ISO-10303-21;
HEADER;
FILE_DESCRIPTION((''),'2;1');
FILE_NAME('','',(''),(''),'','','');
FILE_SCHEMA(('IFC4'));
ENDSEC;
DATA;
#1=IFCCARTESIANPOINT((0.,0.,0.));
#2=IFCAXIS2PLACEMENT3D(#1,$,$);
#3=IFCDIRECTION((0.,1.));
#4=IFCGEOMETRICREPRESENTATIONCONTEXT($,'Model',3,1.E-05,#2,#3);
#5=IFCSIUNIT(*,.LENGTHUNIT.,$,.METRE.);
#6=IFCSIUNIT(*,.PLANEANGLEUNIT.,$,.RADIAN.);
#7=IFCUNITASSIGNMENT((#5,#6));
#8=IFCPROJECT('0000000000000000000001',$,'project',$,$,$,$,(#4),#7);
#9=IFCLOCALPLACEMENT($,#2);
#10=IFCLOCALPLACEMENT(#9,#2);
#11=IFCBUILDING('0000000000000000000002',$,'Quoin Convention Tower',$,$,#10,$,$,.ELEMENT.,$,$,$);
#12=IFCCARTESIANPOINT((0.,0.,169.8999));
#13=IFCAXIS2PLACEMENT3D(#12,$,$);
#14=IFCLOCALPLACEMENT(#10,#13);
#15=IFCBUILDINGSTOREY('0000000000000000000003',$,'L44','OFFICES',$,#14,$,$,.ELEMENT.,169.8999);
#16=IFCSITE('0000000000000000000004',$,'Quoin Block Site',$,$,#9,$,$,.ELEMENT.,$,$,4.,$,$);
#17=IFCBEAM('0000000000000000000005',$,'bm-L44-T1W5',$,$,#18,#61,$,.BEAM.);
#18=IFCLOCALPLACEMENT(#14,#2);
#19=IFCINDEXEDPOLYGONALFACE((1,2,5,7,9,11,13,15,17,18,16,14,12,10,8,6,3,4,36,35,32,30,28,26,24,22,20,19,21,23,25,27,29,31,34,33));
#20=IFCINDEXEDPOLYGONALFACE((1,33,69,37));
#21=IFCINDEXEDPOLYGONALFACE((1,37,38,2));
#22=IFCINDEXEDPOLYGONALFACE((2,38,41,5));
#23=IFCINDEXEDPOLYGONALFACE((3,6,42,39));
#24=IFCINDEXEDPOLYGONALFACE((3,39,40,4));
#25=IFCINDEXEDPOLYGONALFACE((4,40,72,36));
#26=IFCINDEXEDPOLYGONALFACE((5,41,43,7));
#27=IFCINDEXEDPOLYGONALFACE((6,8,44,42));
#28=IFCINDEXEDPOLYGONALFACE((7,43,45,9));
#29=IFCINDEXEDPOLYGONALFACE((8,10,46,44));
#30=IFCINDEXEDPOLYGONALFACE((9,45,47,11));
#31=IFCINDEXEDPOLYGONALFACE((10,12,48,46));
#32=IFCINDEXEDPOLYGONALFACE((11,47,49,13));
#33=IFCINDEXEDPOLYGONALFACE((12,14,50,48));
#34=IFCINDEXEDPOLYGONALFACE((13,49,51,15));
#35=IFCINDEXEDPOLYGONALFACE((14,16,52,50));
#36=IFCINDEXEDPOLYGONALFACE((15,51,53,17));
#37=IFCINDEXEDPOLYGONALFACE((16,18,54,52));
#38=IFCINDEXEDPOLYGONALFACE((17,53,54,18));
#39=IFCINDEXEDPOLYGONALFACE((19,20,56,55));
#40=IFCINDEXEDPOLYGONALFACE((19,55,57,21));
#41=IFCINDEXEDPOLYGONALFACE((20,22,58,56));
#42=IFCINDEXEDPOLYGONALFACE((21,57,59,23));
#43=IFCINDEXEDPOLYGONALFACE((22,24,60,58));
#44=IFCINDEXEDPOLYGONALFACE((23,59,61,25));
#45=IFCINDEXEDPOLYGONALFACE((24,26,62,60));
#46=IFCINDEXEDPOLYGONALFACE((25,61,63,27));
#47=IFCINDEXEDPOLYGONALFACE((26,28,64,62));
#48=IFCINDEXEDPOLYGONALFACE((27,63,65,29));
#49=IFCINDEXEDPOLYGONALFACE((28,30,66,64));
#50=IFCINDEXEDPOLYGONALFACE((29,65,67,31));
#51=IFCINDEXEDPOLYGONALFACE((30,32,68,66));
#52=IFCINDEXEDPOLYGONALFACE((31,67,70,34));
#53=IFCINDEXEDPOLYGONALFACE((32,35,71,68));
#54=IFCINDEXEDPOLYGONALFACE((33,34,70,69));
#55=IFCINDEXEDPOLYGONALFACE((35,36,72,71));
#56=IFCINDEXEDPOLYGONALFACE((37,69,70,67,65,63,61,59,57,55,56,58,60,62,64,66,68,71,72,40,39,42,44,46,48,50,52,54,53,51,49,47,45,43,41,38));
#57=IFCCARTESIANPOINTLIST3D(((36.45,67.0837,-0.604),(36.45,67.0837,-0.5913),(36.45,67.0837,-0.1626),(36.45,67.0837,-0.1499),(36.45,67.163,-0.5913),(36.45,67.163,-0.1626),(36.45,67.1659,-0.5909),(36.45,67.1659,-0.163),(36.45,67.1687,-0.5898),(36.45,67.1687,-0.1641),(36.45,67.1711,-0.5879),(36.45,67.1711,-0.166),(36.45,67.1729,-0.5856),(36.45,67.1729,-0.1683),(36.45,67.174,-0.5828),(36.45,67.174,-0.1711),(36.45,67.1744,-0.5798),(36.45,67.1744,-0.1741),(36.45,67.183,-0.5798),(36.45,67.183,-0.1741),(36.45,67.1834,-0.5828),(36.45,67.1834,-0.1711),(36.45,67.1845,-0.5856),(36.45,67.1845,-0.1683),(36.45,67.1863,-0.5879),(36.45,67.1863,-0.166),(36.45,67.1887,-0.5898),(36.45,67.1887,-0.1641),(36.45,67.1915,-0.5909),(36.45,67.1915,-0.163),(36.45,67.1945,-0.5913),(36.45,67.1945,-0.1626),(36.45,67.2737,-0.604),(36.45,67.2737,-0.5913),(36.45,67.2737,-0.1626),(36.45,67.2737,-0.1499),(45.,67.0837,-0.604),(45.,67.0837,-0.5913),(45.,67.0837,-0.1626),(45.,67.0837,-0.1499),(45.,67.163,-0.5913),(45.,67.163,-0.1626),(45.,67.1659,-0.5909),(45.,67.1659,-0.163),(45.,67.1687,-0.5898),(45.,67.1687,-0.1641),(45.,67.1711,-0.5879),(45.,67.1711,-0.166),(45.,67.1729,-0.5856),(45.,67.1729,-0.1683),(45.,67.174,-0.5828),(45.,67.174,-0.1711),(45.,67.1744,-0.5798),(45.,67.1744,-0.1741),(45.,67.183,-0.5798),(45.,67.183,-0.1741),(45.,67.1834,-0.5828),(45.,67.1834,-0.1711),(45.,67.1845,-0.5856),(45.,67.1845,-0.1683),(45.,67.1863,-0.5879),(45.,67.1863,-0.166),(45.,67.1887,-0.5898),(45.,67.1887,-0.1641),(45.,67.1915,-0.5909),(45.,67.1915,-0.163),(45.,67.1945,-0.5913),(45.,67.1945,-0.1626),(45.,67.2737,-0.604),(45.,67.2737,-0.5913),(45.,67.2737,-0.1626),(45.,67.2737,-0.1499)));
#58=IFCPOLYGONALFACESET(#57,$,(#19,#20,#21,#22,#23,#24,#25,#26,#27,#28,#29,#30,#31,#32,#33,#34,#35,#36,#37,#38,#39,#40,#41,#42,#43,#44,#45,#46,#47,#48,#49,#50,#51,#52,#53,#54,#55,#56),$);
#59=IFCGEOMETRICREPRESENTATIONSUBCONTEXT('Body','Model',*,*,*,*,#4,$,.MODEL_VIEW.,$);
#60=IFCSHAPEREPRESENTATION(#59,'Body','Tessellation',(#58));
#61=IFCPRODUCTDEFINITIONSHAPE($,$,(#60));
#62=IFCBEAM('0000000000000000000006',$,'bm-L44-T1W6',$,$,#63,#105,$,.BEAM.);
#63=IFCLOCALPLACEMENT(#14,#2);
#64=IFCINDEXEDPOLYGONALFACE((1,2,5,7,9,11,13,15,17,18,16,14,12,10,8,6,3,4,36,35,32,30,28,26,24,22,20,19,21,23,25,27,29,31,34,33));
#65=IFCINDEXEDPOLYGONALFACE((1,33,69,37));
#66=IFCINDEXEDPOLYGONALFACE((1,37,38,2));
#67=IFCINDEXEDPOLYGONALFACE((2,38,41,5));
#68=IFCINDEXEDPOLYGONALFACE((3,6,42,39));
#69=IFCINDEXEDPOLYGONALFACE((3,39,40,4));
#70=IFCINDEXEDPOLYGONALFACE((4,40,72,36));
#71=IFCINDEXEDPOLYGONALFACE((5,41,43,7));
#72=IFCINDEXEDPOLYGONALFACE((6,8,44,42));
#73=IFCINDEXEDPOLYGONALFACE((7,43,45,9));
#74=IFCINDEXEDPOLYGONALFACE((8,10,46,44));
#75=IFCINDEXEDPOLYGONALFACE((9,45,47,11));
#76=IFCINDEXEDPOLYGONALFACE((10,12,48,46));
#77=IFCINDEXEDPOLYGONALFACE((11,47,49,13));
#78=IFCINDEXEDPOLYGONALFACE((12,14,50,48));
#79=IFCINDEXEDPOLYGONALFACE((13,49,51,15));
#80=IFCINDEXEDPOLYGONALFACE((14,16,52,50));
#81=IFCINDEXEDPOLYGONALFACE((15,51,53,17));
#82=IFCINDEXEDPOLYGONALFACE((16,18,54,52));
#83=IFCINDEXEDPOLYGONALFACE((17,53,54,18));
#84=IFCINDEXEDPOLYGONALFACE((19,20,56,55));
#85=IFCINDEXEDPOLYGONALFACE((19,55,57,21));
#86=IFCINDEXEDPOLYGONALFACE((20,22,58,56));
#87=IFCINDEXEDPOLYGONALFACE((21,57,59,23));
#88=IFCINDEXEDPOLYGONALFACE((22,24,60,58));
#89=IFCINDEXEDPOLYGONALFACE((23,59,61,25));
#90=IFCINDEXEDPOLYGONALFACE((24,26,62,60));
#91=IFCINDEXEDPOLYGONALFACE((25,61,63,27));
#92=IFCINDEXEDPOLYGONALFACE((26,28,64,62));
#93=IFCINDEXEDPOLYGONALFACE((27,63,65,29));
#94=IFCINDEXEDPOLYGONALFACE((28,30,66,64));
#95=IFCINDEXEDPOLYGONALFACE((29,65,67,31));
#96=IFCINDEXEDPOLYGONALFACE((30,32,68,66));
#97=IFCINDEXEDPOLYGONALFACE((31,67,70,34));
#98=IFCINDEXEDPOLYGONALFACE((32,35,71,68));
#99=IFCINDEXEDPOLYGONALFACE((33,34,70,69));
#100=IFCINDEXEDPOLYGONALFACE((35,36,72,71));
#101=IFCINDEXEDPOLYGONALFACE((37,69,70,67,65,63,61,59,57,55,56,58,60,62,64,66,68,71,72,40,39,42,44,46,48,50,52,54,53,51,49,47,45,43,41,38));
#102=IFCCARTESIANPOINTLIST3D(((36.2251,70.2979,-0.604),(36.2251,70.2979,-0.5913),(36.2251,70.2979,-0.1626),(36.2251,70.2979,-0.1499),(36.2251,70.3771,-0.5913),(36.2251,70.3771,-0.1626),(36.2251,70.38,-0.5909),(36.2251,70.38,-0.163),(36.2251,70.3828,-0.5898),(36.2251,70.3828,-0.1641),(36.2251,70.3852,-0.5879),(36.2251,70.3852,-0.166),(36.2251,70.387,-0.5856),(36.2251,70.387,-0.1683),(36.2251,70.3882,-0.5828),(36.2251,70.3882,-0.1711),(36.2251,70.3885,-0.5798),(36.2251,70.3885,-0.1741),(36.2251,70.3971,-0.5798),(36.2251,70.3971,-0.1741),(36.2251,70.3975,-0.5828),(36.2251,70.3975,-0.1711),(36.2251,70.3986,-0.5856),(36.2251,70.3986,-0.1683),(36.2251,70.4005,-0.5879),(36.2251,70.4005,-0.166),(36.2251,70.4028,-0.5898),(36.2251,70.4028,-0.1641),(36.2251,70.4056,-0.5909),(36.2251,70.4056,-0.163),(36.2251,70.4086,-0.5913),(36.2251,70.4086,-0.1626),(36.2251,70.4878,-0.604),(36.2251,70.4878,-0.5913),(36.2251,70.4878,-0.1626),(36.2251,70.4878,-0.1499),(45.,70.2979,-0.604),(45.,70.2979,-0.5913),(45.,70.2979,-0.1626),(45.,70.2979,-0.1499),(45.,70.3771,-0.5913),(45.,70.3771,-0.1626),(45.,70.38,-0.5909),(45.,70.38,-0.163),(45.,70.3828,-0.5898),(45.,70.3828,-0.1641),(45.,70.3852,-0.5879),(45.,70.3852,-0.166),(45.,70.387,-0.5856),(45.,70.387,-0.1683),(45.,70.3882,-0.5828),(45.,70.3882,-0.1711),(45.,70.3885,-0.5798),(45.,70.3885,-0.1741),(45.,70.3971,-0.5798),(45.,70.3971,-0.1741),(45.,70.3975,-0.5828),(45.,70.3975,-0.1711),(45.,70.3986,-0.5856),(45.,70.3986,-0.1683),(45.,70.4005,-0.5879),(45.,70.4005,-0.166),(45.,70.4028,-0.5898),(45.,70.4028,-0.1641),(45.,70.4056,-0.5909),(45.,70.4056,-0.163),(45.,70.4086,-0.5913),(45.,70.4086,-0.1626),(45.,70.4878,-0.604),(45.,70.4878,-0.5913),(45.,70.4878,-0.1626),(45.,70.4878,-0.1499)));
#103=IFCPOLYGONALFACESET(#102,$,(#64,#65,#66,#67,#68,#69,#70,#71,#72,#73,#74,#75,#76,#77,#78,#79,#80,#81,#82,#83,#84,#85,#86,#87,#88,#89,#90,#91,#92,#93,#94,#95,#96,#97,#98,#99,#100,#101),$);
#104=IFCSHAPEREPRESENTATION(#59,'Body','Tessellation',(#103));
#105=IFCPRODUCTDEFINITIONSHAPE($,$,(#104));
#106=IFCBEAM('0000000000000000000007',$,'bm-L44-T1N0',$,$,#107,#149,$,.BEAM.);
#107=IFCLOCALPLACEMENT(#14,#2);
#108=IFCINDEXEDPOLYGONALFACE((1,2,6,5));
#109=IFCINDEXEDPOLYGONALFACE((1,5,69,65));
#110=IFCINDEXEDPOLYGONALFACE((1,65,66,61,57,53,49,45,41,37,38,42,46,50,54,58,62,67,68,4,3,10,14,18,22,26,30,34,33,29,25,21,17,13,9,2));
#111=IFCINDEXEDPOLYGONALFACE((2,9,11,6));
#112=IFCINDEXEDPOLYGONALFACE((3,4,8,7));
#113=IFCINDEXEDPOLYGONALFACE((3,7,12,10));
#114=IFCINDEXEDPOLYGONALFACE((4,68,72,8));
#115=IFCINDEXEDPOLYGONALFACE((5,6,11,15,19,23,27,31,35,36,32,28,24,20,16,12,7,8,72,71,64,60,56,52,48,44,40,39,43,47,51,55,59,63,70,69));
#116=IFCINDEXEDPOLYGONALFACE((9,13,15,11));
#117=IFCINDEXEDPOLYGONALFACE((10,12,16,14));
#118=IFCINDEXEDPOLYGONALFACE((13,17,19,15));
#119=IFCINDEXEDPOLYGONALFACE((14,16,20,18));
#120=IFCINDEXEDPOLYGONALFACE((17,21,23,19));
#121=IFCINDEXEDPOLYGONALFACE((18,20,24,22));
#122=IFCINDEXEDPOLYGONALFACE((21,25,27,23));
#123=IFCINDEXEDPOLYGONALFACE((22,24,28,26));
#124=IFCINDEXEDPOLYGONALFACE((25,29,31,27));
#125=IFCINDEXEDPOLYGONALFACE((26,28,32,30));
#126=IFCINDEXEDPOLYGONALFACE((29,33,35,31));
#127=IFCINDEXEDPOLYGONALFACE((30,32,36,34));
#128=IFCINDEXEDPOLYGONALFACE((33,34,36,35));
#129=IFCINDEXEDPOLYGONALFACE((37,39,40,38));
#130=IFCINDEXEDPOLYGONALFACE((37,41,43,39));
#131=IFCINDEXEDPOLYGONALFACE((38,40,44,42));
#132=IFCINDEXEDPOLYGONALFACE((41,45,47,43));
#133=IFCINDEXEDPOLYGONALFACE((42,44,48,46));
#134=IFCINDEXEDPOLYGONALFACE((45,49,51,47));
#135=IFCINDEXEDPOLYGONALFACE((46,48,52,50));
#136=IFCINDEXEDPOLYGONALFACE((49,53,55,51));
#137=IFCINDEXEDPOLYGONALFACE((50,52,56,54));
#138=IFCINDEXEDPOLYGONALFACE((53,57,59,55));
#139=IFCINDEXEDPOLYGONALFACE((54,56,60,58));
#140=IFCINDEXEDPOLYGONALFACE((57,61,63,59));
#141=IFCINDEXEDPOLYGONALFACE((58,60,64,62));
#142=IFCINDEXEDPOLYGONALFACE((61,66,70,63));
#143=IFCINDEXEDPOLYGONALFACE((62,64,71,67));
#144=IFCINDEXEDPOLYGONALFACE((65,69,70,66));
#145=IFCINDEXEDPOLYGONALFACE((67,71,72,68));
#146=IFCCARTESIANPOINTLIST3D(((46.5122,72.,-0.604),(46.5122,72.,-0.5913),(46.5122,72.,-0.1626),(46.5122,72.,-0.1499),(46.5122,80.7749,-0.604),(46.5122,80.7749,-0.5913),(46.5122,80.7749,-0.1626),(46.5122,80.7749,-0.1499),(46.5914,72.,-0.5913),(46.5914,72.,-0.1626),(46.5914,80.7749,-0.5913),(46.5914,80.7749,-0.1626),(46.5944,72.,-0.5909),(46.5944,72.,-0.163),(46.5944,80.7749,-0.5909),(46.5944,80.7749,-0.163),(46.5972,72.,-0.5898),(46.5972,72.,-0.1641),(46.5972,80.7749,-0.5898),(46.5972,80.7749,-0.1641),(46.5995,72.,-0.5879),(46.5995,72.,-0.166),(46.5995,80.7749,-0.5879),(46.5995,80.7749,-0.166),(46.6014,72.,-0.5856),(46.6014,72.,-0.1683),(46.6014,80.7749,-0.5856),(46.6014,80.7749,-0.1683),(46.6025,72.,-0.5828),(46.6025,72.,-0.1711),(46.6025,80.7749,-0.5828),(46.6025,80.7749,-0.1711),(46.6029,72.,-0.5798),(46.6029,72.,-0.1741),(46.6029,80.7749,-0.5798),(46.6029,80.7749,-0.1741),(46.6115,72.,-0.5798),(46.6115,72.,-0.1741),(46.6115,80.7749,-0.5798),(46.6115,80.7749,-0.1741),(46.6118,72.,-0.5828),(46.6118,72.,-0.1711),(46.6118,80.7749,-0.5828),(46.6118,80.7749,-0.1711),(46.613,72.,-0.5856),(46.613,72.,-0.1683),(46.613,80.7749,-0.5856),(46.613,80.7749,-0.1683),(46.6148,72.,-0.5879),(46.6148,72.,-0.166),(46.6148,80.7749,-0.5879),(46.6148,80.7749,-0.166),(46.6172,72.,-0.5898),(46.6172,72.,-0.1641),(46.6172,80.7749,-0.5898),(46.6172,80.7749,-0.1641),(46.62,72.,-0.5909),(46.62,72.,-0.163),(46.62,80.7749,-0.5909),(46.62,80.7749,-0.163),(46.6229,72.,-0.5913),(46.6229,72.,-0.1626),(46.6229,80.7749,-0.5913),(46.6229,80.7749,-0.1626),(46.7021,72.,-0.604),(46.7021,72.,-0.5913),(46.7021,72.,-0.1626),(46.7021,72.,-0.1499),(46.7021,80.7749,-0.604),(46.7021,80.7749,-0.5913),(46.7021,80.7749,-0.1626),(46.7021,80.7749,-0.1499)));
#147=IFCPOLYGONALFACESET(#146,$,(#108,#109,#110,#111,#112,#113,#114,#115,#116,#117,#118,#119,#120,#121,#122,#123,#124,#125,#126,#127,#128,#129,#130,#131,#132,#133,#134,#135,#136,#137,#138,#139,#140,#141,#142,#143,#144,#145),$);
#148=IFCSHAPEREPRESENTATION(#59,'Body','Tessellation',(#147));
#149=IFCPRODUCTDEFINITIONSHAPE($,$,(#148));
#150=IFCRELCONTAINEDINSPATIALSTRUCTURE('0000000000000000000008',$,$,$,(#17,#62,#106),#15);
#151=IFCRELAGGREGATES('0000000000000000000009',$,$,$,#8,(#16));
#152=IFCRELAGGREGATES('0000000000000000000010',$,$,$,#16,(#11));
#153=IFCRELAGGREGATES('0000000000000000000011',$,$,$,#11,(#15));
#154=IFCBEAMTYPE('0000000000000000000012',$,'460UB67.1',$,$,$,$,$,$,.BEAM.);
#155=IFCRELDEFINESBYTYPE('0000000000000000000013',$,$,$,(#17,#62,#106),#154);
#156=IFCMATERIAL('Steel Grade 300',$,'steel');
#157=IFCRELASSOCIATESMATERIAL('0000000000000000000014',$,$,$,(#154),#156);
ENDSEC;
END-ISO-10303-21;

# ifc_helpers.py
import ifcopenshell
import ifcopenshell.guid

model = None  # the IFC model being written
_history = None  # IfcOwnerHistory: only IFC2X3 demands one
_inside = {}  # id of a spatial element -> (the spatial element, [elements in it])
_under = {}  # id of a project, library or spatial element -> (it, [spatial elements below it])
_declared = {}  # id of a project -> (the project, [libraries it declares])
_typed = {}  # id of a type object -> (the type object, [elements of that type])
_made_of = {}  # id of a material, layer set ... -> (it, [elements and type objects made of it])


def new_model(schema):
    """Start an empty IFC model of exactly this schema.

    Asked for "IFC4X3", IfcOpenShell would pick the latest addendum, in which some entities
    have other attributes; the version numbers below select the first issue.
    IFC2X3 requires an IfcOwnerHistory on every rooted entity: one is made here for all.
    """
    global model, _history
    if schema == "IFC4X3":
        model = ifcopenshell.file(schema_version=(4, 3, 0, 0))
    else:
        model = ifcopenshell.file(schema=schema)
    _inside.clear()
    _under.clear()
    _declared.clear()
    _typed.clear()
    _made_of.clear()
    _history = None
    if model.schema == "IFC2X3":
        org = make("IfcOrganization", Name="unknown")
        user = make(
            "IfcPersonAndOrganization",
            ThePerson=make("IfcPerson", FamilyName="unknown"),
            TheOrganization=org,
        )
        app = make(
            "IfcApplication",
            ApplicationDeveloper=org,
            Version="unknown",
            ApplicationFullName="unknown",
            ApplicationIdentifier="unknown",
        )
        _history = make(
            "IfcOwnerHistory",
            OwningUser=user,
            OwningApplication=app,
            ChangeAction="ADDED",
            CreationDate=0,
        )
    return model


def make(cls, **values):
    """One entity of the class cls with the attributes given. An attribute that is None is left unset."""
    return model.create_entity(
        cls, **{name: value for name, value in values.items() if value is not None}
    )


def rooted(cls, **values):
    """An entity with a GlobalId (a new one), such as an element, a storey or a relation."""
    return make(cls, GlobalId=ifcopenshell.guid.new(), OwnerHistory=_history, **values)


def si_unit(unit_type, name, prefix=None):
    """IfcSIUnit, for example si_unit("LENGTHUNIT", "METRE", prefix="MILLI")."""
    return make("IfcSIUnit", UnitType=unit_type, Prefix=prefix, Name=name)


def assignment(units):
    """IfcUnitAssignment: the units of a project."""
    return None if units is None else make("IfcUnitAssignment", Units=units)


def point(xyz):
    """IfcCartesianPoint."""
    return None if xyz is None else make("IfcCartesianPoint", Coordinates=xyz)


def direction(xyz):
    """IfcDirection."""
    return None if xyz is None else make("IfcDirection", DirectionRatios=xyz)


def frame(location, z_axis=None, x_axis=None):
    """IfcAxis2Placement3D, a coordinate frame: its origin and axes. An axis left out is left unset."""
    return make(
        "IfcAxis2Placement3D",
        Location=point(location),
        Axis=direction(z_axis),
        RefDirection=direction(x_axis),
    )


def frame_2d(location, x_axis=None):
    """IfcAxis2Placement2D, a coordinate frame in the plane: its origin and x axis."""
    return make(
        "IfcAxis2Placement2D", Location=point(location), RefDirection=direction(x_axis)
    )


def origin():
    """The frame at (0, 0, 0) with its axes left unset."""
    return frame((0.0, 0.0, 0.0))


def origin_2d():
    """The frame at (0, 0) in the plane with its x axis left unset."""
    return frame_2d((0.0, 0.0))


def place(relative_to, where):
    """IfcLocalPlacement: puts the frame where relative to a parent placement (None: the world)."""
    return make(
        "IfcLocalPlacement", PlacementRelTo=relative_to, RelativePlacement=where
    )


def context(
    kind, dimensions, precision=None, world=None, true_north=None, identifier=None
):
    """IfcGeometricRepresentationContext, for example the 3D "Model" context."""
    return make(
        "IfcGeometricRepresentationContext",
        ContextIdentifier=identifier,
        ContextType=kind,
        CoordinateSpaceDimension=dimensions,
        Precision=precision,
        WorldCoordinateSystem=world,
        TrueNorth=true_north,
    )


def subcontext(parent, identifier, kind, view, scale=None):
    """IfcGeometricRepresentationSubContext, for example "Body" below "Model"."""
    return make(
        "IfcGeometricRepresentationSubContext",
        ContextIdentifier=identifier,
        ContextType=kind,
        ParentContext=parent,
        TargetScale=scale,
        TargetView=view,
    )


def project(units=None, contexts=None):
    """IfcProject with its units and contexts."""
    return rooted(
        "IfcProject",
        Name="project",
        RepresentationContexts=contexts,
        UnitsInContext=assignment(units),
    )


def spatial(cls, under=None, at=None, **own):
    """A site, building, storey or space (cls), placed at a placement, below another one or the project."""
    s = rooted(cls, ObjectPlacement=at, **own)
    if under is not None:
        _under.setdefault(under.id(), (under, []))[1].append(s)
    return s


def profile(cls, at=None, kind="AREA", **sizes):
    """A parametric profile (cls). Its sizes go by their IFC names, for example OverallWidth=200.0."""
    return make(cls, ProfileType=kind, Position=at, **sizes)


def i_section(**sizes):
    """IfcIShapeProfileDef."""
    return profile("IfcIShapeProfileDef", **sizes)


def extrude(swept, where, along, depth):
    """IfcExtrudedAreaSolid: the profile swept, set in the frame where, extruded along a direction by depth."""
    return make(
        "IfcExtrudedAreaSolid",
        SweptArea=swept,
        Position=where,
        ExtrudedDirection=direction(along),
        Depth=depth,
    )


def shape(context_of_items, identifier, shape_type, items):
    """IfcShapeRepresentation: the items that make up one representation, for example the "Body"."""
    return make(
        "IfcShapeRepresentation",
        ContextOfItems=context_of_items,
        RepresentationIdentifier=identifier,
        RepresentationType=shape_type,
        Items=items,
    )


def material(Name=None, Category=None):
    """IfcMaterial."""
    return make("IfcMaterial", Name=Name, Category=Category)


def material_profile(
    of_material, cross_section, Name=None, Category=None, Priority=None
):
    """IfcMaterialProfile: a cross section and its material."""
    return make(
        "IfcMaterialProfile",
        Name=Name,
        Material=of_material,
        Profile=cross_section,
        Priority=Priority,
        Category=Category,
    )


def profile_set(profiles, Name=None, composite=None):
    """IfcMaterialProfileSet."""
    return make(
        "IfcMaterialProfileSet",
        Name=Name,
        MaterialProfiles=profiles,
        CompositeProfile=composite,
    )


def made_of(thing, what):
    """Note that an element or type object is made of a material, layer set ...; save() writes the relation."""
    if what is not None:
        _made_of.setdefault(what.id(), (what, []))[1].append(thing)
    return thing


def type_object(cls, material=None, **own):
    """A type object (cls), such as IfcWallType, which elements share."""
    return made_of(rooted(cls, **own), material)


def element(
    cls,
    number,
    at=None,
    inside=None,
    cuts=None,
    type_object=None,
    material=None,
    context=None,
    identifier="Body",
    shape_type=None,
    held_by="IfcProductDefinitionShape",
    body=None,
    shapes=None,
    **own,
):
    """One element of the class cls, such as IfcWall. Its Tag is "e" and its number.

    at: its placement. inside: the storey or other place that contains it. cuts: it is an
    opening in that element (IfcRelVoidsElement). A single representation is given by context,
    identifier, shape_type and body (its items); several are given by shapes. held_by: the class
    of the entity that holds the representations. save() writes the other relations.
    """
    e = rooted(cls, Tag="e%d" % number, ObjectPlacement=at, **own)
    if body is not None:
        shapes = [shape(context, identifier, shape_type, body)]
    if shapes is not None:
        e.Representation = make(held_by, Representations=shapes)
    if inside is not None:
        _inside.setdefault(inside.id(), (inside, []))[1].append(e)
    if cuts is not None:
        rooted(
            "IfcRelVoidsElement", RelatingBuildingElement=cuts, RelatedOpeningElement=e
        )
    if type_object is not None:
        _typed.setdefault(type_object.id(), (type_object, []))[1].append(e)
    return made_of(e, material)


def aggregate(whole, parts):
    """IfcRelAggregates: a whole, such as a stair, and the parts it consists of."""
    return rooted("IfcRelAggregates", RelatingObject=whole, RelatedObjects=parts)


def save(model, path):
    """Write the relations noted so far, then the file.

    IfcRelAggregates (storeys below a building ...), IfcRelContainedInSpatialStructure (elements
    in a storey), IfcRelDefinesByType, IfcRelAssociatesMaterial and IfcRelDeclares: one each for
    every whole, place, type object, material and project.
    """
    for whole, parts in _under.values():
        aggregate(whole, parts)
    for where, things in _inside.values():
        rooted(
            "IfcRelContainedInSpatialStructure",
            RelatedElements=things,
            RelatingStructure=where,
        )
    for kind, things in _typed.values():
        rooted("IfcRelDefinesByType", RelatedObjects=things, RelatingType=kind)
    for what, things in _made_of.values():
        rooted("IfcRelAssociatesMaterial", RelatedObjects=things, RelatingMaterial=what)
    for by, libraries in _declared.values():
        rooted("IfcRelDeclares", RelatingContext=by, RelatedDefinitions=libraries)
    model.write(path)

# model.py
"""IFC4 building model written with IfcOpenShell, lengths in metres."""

from ifc_helpers import new_model, si_unit, direction, frame, origin, origin_2d, place, context, subcontext, project, spatial, i_section, extrude, material, material_profile, profile_set, type_object, element, save


model = new_model("IFC4")

# Units and contexts
model_context = context("Model", 3, precision=1e-05, world=origin(), true_north=direction((0.0, 1.0)))
body_context = subcontext(model_context, "Body", "Model", "MODEL_VIEW")
ifc_project = project(units=[si_unit("LENGTHUNIT", "METRE"), si_unit("PLANEANGLEUNIT", "RADIAN")], contexts=[model_context])

# Site, building, storey
site_placement = place(None, origin())
site = spatial("IfcSite", under=ifc_project, at=site_placement, Name="Quoin Block Site", CompositionType="ELEMENT", RefElevation=4.0)
building_placement = place(site_placement, origin())
building = spatial("IfcBuilding", under=site, at=building_placement, Name="Quoin Convention Tower", CompositionType="ELEMENT")
storey_placement = place(building_placement, frame((0.0, 0.0, 169.8999)))
storey = spatial("IfcBuildingStorey", under=building, at=storey_placement, Name="L44", Description="OFFICES", CompositionType="ELEMENT", Elevation=169.8999)

# Beams
ifc_material_1 = material(Name="Steel Grade 300", Category="steel")
ifc_material_profile = material_profile(ifc_material_1, i_section(OverallWidth=0.1899, OverallDepth=0.4541, WebThickness=0.0085, FlangeThickness=0.0127, FilletRadius=0.0115, at=origin_2d()), Name="460UB67.1")
ifc_profile_set = profile_set([ifc_material_profile], Name="Steel Grade 300")
beam_type = type_object("IfcBeamType", Name="460UB67.1", PredefinedType="BEAM", material=ifc_profile_set)
beam_placement = place(storey_placement, frame((36.45, 67.1787, -0.377), z_axis=(1.0, 0.0, 0.0), x_axis=(0.0, 1.0, 0.0)))
element("IfcBeam", 1, at=beam_placement, inside=storey, type_object=beam_type, Name="bm-L44-T1W5", PredefinedType="BEAM", context=body_context, shape_type="SweptSolid", body=[
    extrude(i_section(OverallWidth=0.1899, OverallDepth=0.4541, WebThickness=0.0085, FlangeThickness=0.0127, FilletRadius=0.0115, at=origin_2d()), origin(), (0.0, 0.0, 1.0), 8.55),
])
for number, where, z_axis, x_axis, name in (
    (2, (36.2251, 70.3928, -0.377), (1.0, 0.0, 0.0), (0.0, 1.0, 0.0), "bm-L44-T1W6"),
    (3, (46.6072, 72.0, -0.377), (0.0, 1.0, 0.0), (-1.0, 0.0, 0.0), "bm-L44-T1N0"),
):
    element("IfcBeam", number, at=place(storey_placement, frame(where, z_axis=z_axis, x_axis=x_axis)), inside=storey, type_object=beam_type, Name=name, PredefinedType="BEAM", context=body_context, shape_type="SweptSolid", body=[
        extrude(i_section(OverallWidth=0.1899, OverallDepth=0.4541, WebThickness=0.0085, FlangeThickness=0.0127, FilletRadius=0.0115, at=origin_2d()), origin(), (0.0, 0.0, 1.0), 8.7749),
    ])

save(model, "model.ifc")
